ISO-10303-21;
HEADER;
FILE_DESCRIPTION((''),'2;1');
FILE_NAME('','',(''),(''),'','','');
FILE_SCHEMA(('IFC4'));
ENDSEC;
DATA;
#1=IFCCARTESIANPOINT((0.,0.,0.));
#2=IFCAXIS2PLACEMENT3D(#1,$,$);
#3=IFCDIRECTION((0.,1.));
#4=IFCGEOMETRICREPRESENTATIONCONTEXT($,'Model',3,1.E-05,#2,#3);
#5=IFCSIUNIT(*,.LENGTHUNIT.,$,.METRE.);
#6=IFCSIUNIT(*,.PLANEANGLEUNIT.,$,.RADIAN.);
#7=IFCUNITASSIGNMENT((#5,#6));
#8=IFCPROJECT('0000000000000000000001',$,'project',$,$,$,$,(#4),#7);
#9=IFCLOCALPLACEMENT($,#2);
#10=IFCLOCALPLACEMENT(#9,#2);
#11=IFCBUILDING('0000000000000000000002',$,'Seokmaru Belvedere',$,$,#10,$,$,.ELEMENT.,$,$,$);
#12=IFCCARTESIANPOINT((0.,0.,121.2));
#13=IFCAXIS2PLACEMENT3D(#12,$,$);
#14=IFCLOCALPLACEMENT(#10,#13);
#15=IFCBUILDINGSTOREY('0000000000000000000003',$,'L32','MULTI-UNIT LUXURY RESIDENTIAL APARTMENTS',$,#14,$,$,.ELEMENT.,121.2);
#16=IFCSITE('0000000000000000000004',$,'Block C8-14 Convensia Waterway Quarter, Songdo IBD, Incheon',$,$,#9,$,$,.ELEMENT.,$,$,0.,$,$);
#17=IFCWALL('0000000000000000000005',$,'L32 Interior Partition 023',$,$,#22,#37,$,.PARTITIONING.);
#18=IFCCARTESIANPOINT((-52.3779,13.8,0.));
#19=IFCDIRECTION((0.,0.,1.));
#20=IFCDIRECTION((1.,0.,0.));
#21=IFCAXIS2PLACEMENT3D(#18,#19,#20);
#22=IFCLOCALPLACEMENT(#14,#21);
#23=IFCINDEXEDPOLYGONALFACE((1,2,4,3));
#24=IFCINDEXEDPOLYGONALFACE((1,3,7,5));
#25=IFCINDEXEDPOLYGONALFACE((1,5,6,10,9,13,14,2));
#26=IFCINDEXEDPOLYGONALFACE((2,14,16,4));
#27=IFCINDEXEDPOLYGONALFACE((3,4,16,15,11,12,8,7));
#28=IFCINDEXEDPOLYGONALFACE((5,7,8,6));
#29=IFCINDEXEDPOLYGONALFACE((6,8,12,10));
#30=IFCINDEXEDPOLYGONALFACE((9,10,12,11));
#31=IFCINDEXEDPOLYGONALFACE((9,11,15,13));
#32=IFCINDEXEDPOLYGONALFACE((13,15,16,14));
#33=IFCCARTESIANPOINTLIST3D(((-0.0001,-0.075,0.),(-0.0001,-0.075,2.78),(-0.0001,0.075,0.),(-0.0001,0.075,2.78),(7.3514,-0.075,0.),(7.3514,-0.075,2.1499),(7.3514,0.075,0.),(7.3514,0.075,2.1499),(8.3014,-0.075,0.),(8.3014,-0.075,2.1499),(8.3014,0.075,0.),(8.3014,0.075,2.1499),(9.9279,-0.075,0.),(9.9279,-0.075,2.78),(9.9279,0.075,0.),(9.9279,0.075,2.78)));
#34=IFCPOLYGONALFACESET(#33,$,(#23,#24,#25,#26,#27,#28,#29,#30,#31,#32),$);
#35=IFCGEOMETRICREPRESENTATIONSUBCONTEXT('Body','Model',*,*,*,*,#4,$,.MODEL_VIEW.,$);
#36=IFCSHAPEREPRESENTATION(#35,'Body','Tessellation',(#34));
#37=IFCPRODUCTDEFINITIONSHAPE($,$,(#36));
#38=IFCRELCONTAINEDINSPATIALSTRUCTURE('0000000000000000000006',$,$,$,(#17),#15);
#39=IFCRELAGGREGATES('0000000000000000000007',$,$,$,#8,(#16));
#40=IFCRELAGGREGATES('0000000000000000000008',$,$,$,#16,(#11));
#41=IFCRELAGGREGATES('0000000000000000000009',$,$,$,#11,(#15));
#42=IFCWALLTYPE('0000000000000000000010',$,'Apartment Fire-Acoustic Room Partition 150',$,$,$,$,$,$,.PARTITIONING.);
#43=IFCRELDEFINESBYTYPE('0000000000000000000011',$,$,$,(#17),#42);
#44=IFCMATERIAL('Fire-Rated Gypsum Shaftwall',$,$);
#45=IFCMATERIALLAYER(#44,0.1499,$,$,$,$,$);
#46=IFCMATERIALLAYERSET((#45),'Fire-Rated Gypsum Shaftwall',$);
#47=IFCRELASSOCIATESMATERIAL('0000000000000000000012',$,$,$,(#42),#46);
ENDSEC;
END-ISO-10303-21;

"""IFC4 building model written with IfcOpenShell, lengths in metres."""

from ifc_helpers import new_model, si_unit, direction, frame, frame_2d, origin, place, context, subcontext, project, spatial, rectangle, extrude, material, layer, layer_set, type_object, element, save


model = new_model("IFC4")

# Units and contexts
model_context = context("Model", 3, precision=1e-05, world=origin(), true_north=direction((0.0, 1.0)))
body_context = subcontext(model_context, "Body", "Model", "MODEL_VIEW")
ifc_project = project(units=[si_unit("LENGTHUNIT", "METRE"), si_unit("PLANEANGLEUNIT", "RADIAN")], contexts=[model_context])

# Site, building, storey
site_placement = place(None, origin())
site = spatial("IfcSite", under=ifc_project, at=site_placement, Name="Block C8-14 Convensia Waterway Quarter, Songdo IBD, Incheon", CompositionType="ELEMENT", RefElevation=0.0)
building_placement = place(site_placement, origin())
building = spatial("IfcBuilding", under=site, at=building_placement, Name="Seokmaru Belvedere", CompositionType="ELEMENT")
storey_placement = place(building_placement, frame((0.0, 0.0, 121.2)))
storey = spatial("IfcBuildingStorey", under=building, at=storey_placement, Name="L32", Description="MULTI-UNIT LUXURY RESIDENTIAL APARTMENTS", CompositionType="ELEMENT", Elevation=121.2)

# Shared definitions
ifc_material_1 = material(Name="Fire-Rated Gypsum Shaftwall")
ifc_layer_1 = layer(ifc_material_1, 0.1499)
ifc_layer_set_1 = layer_set([ifc_layer_1], Name="Fire-Rated Gypsum Shaftwall")
wall_type_1 = type_object("IfcWallType", Name="Apartment Fire-Acoustic Room Partition 150", PredefinedType="PARTITIONING", material=ifc_layer_set_1)

# Wall, opening
wall_1_placement = place(storey_placement, frame((-52.3779, 13.8, 0.0), z_axis=(0.0, 0.0, 1.0), x_axis=(1.0, 0.0, 0.0)))
wall_1 = element("IfcWall", 1, at=wall_1_placement, inside=storey, type_object=wall_type_1, Name="L32 Interior Partition 023", PredefinedType="PARTITIONING", context=body_context, shape_type="SweptSolid", body=[
    extrude(rectangle(XDim=9.928, YDim=0.1499, at=frame_2d((4.9639, 0.0))), origin(), (0.0, 0.0, 1.0), 2.78),
])
opening_1_placement = place(wall_1_placement, frame((7.3513, 0.0, 0.0)))
element("IfcOpeningElement", 2, at=opening_1_placement, cuts=wall_1, PredefinedType="OPENING", context=body_context, shape_type="SweptSolid", body=[
    extrude(rectangle(XDim=0.95, YDim=2.1499, at=frame_2d((0.4751, 1.075))), frame((0.0, 0.085, 0.0), z_axis=(0.0, -1.0, 0.0), x_axis=(1.0, 0.0, 0.0)), (0.0, 0.0, 1.0), 0.1699),
])

save(model, "model.ifc")
